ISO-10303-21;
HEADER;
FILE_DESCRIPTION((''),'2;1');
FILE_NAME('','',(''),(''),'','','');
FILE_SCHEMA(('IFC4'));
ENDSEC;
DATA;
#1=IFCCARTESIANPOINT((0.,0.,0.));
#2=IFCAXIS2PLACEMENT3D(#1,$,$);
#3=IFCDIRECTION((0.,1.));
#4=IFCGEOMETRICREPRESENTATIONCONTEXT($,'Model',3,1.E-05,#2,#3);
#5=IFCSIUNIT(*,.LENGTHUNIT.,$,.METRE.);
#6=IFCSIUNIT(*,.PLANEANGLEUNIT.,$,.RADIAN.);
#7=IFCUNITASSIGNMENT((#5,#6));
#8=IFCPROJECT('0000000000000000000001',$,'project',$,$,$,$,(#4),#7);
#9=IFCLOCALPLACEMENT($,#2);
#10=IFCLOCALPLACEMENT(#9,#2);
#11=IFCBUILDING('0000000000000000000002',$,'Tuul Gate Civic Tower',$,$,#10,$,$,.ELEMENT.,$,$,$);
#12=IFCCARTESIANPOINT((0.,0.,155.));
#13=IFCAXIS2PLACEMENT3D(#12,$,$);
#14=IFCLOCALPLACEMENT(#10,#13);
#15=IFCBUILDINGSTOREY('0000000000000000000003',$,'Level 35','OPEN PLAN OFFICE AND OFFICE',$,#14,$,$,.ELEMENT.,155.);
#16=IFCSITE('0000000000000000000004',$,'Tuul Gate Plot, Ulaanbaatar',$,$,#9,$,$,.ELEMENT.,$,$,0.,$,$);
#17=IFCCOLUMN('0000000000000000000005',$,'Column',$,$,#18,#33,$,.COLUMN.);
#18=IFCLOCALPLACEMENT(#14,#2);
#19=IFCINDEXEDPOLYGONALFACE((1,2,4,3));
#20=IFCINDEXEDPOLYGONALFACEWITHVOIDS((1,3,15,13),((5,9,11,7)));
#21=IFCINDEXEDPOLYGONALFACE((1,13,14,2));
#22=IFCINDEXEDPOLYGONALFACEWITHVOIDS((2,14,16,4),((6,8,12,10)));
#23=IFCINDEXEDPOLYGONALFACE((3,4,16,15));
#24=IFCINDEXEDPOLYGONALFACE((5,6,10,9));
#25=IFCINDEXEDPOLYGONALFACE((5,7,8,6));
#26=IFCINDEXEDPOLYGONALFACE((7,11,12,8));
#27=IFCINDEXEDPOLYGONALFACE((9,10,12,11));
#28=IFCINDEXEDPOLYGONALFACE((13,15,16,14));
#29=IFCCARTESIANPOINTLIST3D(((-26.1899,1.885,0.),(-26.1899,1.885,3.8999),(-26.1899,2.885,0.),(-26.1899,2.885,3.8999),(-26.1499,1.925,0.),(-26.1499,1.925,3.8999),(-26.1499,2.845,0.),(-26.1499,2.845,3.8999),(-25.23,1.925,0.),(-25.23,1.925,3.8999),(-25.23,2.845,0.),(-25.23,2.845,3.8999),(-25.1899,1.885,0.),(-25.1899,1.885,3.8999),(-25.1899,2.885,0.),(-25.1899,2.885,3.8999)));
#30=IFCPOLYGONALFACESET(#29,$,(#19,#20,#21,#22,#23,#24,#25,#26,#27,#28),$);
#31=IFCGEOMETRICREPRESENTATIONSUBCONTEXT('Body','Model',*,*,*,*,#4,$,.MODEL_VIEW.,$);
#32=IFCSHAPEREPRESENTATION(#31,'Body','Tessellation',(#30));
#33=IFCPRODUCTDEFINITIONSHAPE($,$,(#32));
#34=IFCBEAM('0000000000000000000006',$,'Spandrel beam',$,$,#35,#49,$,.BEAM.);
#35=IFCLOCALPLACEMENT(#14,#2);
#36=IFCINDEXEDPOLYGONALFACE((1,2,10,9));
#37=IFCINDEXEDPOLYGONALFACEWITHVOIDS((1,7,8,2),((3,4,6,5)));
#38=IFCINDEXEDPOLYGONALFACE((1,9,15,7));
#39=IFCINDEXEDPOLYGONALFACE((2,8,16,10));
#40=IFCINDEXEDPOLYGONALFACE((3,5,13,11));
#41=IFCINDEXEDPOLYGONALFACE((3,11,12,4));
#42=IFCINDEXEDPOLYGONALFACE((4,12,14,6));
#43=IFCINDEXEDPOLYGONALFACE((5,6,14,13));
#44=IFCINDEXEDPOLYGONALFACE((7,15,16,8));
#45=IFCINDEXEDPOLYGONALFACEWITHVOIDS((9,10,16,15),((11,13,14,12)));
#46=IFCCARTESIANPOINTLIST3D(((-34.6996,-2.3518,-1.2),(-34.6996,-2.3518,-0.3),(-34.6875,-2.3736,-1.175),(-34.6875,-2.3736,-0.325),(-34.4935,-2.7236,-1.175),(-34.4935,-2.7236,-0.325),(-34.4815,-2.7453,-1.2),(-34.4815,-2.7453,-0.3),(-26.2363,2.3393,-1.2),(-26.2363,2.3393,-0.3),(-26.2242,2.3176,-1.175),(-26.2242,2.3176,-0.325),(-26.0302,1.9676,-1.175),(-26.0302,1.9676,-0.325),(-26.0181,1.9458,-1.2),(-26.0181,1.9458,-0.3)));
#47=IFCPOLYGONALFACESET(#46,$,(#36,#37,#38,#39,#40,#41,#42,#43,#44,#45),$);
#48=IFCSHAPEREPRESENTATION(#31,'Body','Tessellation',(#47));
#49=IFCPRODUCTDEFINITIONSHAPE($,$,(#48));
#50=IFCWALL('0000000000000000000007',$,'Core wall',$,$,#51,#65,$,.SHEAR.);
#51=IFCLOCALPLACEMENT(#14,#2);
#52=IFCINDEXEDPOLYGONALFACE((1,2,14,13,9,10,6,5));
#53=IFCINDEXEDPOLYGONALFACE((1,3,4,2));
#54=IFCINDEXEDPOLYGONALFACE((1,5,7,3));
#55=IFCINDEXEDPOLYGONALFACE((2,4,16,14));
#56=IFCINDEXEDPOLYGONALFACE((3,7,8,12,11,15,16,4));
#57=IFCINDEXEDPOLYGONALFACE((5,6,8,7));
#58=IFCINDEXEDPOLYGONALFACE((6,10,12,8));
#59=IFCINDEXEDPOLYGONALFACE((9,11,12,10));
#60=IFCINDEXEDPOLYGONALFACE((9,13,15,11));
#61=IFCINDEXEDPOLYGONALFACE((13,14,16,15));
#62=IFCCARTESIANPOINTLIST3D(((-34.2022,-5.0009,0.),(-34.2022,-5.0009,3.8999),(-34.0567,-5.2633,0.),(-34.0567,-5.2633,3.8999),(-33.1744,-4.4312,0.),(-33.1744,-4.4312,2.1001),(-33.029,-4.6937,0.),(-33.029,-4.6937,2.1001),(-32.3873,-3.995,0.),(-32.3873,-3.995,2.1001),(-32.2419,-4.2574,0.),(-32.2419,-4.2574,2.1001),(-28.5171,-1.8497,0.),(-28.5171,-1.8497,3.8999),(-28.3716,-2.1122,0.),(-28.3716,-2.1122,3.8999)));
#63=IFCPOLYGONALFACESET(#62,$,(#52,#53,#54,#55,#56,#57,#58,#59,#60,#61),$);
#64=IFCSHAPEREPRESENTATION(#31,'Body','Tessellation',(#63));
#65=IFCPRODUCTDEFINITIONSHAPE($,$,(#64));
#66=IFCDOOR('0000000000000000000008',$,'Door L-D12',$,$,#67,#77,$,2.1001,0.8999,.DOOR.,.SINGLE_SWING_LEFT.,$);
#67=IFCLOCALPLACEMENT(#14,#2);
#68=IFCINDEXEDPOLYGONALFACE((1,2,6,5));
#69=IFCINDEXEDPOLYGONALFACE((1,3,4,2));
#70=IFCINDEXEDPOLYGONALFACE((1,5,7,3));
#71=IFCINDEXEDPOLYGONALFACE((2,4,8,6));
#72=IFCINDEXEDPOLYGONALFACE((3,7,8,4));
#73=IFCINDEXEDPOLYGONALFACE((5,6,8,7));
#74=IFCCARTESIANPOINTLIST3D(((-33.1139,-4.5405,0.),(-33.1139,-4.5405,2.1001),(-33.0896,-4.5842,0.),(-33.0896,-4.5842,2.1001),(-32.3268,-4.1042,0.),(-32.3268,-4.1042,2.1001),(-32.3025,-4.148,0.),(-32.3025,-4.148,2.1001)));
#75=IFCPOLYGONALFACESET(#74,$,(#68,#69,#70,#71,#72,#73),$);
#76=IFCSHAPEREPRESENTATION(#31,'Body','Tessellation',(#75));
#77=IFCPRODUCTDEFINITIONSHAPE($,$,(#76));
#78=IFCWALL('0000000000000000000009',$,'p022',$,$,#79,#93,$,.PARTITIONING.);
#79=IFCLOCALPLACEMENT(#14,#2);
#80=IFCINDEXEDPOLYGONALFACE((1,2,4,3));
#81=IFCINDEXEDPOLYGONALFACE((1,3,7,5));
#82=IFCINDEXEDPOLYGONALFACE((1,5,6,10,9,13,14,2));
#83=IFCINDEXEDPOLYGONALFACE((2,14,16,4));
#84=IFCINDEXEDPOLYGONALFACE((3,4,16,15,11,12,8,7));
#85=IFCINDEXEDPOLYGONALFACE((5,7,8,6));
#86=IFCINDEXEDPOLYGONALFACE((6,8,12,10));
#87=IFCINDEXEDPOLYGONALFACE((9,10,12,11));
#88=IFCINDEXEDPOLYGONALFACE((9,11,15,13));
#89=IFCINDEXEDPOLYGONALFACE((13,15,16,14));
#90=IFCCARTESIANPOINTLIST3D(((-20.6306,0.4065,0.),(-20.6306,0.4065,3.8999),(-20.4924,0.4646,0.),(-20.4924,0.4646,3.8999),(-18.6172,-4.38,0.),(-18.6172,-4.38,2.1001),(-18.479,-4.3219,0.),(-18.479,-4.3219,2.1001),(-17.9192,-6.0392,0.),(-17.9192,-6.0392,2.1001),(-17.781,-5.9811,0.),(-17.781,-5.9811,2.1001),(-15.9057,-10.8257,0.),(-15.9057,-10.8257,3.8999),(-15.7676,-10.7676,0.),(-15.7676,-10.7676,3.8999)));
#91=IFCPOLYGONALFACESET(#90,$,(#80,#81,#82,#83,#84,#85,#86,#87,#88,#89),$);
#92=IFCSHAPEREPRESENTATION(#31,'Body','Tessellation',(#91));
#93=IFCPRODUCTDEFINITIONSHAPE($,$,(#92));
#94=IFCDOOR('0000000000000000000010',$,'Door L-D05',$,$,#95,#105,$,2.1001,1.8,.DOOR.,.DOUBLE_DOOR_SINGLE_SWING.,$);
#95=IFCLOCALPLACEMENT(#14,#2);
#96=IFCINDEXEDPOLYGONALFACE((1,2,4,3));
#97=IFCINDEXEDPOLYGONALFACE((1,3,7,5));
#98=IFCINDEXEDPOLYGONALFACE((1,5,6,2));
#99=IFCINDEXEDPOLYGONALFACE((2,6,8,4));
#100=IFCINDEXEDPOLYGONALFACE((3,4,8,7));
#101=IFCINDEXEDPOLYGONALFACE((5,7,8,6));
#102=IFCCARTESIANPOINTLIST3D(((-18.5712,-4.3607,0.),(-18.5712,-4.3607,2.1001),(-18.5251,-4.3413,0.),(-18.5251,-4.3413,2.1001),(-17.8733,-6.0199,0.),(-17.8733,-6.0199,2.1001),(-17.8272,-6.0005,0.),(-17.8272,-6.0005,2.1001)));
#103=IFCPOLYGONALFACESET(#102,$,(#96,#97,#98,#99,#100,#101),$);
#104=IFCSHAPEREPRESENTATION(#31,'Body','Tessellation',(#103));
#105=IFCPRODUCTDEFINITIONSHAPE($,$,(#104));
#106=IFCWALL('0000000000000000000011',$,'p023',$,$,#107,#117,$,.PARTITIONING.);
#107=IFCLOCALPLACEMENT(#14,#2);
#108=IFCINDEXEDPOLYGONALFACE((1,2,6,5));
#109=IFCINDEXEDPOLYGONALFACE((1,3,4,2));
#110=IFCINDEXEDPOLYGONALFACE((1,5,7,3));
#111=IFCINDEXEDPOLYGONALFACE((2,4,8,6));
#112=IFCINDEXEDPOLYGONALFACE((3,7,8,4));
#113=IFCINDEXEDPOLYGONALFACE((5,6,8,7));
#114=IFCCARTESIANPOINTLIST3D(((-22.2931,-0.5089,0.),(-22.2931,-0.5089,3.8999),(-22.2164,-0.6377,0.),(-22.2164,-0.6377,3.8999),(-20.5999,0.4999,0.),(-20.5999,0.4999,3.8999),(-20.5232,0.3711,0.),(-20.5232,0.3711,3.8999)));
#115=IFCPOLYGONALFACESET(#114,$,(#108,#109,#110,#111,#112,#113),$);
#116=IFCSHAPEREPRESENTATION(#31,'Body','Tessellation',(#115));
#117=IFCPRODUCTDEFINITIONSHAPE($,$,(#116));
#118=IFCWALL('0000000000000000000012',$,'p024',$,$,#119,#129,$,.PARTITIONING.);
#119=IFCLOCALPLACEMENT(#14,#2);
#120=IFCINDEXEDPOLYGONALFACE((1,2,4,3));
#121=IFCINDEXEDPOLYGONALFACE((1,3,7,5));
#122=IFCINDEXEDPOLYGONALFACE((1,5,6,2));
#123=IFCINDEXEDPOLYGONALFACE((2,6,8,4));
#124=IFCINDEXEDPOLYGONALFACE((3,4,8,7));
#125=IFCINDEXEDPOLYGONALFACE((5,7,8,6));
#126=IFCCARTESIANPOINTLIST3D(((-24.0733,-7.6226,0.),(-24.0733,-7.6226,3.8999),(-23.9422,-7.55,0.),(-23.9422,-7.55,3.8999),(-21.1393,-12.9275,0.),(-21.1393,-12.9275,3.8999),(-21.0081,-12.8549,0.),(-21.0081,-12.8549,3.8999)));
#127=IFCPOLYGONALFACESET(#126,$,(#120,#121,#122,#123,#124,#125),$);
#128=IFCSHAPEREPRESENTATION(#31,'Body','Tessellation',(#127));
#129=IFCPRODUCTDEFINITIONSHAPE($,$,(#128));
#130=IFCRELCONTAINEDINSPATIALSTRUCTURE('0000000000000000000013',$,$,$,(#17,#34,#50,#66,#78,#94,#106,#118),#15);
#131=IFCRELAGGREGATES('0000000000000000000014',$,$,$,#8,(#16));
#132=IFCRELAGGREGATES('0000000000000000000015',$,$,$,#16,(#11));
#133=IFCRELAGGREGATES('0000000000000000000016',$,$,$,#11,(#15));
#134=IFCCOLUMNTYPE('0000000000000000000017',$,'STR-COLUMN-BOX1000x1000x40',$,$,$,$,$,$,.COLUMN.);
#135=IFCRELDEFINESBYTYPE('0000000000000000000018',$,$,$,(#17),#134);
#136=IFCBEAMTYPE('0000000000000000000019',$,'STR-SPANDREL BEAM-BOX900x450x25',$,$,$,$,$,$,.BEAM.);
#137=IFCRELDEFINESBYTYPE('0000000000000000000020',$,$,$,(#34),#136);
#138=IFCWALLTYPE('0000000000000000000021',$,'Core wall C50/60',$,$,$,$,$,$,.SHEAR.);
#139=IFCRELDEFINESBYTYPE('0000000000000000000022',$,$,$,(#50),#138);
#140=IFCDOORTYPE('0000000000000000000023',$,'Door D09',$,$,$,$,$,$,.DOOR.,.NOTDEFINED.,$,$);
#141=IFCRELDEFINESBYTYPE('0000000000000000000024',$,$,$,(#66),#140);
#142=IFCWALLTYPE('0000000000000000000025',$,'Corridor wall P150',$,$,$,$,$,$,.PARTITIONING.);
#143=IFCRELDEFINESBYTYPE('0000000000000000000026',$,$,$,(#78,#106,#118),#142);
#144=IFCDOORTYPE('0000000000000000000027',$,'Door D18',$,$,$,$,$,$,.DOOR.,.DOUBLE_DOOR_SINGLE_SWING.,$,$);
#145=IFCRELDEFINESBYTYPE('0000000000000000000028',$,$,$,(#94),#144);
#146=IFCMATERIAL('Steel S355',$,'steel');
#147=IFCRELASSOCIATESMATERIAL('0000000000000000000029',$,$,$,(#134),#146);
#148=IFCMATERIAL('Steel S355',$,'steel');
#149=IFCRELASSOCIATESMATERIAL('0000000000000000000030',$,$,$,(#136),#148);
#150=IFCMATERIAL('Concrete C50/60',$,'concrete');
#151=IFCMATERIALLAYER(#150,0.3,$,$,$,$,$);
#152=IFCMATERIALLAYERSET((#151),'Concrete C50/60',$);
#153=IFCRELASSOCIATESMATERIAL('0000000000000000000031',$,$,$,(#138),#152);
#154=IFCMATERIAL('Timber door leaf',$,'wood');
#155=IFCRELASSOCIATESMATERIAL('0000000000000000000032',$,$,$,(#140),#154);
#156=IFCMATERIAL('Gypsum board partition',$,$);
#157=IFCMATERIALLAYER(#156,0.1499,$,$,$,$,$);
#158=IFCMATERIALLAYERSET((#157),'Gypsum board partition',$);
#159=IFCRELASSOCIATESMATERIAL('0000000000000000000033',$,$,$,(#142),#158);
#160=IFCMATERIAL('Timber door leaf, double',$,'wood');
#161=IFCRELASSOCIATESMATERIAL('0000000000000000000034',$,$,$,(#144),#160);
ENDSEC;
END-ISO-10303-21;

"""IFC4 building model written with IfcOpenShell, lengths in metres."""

from ifc_helpers import new_model, si_unit, direction, frame, frame_2d, origin, origin_2d, place, context, subcontext, project, spatial, rectangle, hollow_rectangle, extrude, material, layer, layer_set, material_profile, profile_set, type_object, element, fill, save


model = new_model("IFC4")

# Units and contexts
model_context = context("Model", 3, precision=1e-05, world=origin(), true_north=direction((0.0, 1.0)))
body_context = subcontext(model_context, "Body", "Model", "MODEL_VIEW")
ifc_project = project(units=[si_unit("LENGTHUNIT", "METRE"), si_unit("PLANEANGLEUNIT", "RADIAN")], contexts=[model_context])

# Site, building, storey
site_placement = place(None, origin())
site = spatial("IfcSite", under=ifc_project, at=site_placement, Name="Tuul Gate Plot, Ulaanbaatar", CompositionType="ELEMENT", RefElevation=0.0)
building_placement = place(site_placement, origin())
building = spatial("IfcBuilding", under=site, at=building_placement, Name="Tuul Gate Civic Tower", CompositionType="ELEMENT")
storey_placement = place(building_placement, frame((0.0, 0.0, 155.0)))
storey = spatial("IfcBuildingStorey", under=building, at=storey_placement, Name="Level 35", Description="OPEN PLAN OFFICE AND OFFICE", CompositionType="ELEMENT", Elevation=155.0)

# Column
ifc_material_1 = material(Name="Steel S355", Category="steel")
ifc_material_profile_1 = material_profile(ifc_material_1, hollow_rectangle(XDim=1.0, YDim=1.0, WallThickness=0.04, at=origin_2d()), Name="BOX1000x1000x40")
ifc_profile_set_1 = profile_set([ifc_material_profile_1], Name="Steel S355")
column_type = type_object("IfcColumnType", Name="STR-COLUMN-BOX1000x1000x40", PredefinedType="COLUMN", material=ifc_profile_set_1)
column_placement = place(storey_placement, frame((-25.6899, 2.385, 0.0), z_axis=(0.0, 0.0, 1.0), x_axis=(1.0, 0.0, 0.0)))
element("IfcColumn", 1, at=column_placement, inside=storey, type_object=column_type, Name="Column", PredefinedType="COLUMN", context=body_context, shape_type="SweptSolid", body=[
    extrude(hollow_rectangle(XDim=1.0, YDim=1.0, WallThickness=0.04, at=origin_2d()), origin(), (0.0, 0.0, 1.0), 3.8999),
])

# Beam
ifc_material_2 = material(Name="Steel S355", Category="steel")
ifc_material_profile_2 = material_profile(ifc_material_2, hollow_rectangle(XDim=0.45, YDim=0.8999, WallThickness=0.0249, at=origin_2d()), Name="BOX900x450x25")
ifc_profile_set_2 = profile_set([ifc_material_profile_2], Name="Steel S355")
beam_type = type_object("IfcBeamType", Name="STR-SPANDREL BEAM-BOX900x450x25", PredefinedType="BEAM", material=ifc_profile_set_2)
beam_placement = place(storey_placement, frame((-26.1272, 2.1426, -0.75), z_axis=(-0.874627, -0.484797, 0.0), x_axis=(0.484797, -0.874627, 0.0)))
element("IfcBeam", 2, at=beam_placement, inside=storey, type_object=beam_type, Name="Spandrel beam", PredefinedType="BEAM", context=body_context, shape_type="SweptSolid", body=[
    extrude(hollow_rectangle(XDim=0.45, YDim=0.8999, WallThickness=0.0249, at=origin_2d()), origin(), (0.0, 0.0, 1.0), 9.6765),
])

# Walls, openings, doors
ifc_material_3 = material(Name="Concrete C50/60", Category="concrete")
ifc_layer_1 = layer(ifc_material_3, 0.3)
ifc_layer_set_1 = layer_set([ifc_layer_1], Name="Concrete C50/60")
wall_type_1 = type_object("IfcWallType", Name="Core wall C50/60", PredefinedType="SHEAR", material=ifc_layer_set_1)
wall_1_placement = place(storey_placement, frame((-28.4443, -1.981, 0.0), z_axis=(0.0, 0.0, 1.0), x_axis=(-0.87463, -0.484791, 0.0)))
wall_1 = element("IfcWall", 3, at=wall_1_placement, inside=storey, type_object=wall_type_1, Name="Core wall", PredefinedType="SHEAR", context=body_context, shape_type="SweptSolid", body=[
    extrude(rectangle(XDim=6.5, YDim=0.3, at=frame_2d((3.25, 0.0))), origin(), (0.0, 0.0, 1.0), 3.8999),
])
opening_1_placement = place(wall_1_placement, frame((4.425, 0.0, 0.0)))
opening_1 = element("IfcOpeningElement", 4, at=opening_1_placement, cuts=wall_1, PredefinedType="OPENING", context=body_context, shape_type="SweptSolid", body=[
    extrude(rectangle(XDim=0.8999, YDim=2.1001, at=frame_2d((0.45, 1.05))), frame((0.0, 0.1602, 0.0), z_axis=(0.0, -1.0, 0.0), x_axis=(1.0, 0.0, 0.0)), (0.0, 0.0, 1.0), 0.3201),
])
ifc_material_4 = material(Name="Timber door leaf", Category="wood")
door_type_1 = type_object("IfcDoorType", Name="Door D09", OperationType="NOTDEFINED", PredefinedType="DOOR", material=ifc_material_4)
door_1_placement = place(opening_1_placement, origin())
door_1 = element("IfcDoor", 5, at=door_1_placement, inside=storey, type_object=door_type_1, Name="Door L-D12", OperationType="SINGLE_SWING_LEFT", OverallHeight=2.1001, OverallWidth=0.8999, PredefinedType="DOOR", context=body_context, shape_type="SweptSolid", body=[
    extrude(rectangle(XDim=0.8999, YDim=2.1001, at=frame_2d((0.45, 1.05))), frame((0.0, 0.0249, 0.0), z_axis=(0.0, -1.0, 0.0), x_axis=(1.0, 0.0, 0.0)), (0.0, 0.0, 1.0), 0.05),
])
fill(opening_1, door_1)
ifc_material_5 = material(Name="Gypsum board partition")
ifc_layer_2 = layer(ifc_material_5, 0.1499)
ifc_layer_set_2 = layer_set([ifc_layer_2], Name="Gypsum board partition")
wall_type_2 = type_object("IfcWallType", Name="Corridor wall P150", PredefinedType="PARTITIONING", material=ifc_layer_set_2)
wall_2_placement = place(storey_placement, frame((-20.5615, 0.4355, 0.0), z_axis=(0.0, 0.0, 1.0), x_axis=(0.387744, -0.921767, 0.0)))
wall_2 = element("IfcWall", 6, at=wall_2_placement, inside=storey, type_object=wall_type_2, Name="p022", PredefinedType="PARTITIONING", context=body_context, shape_type="SweptSolid", body=[
    extrude(rectangle(XDim=12.1855, YDim=0.1499, at=frame_2d((6.0928, 0.0))), origin(), (0.0, 0.0, 1.0), 3.8999),
])
opening_2_placement = place(wall_2_placement, frame((5.1929, 0.0, 0.0)))
opening_2 = element("IfcOpeningElement", 7, at=opening_2_placement, cuts=wall_2, PredefinedType="OPENING", context=body_context, shape_type="SweptSolid", body=[
    extrude(rectangle(XDim=1.8, YDim=2.1001, at=frame_2d((0.8999, 1.05))), frame((0.0, 0.085, 0.0), z_axis=(0.0, -1.0, 0.0), x_axis=(1.0, 0.0, 0.0)), (0.0, 0.0, 1.0), 0.1699),
])
ifc_material_6 = material(Name="Timber door leaf, double", Category="wood")
door_type_2 = type_object("IfcDoorType", Name="Door D18", OperationType="DOUBLE_DOOR_SINGLE_SWING", PredefinedType="DOOR", material=ifc_material_6)
door_2_placement = place(opening_2_placement, origin())
door_2 = element("IfcDoor", 8, at=door_2_placement, inside=storey, type_object=door_type_2, Name="Door L-D05", OperationType="DOUBLE_DOOR_SINGLE_SWING", OverallHeight=2.1001, OverallWidth=1.8, PredefinedType="DOOR", context=body_context, shape_type="SweptSolid", body=[
    extrude(rectangle(XDim=1.8, YDim=2.1001, at=frame_2d((0.8999, 1.05))), frame((0.0, 0.0249, 0.0), z_axis=(0.0, -1.0, 0.0), x_axis=(1.0, 0.0, 0.0)), (0.0, 0.0, 1.0), 0.05),
])
fill(opening_2, door_2)

# Walls
wall_3_placement = place(storey_placement, frame((-22.2546, -0.5732, 0.0), z_axis=(0.0, 0.0, 1.0), x_axis=(0.859074, 0.511852, 0.0)))
element("IfcWall", 9, at=wall_3_placement, inside=storey, type_object=wall_type_2, Name="p023", PredefinedType="PARTITIONING", context=body_context, shape_type="SweptSolid", body=[
    extrude(rectangle(XDim=1.9709, YDim=0.1499, at=frame_2d((0.9854, 0.0))), origin(), (0.0, 0.0, 1.0), 3.8999),
])
wall_4_placement = place(storey_placement, frame((-24.0078, -7.5862, 0.0), z_axis=(0.0, 0.0, 1.0), x_axis=(0.483991, -0.875073, 0.0)))
element("IfcWall", 10, at=wall_4_placement, inside=storey, type_object=wall_type_2, Name="p024", PredefinedType="PARTITIONING", context=body_context, shape_type="SweptSolid", body=[
    extrude(rectangle(XDim=6.0623, YDim=0.1499, at=frame_2d((3.0312, 0.0))), origin(), (0.0, 0.0, 1.0), 3.8999),
])

save(model, "model.ifc")
